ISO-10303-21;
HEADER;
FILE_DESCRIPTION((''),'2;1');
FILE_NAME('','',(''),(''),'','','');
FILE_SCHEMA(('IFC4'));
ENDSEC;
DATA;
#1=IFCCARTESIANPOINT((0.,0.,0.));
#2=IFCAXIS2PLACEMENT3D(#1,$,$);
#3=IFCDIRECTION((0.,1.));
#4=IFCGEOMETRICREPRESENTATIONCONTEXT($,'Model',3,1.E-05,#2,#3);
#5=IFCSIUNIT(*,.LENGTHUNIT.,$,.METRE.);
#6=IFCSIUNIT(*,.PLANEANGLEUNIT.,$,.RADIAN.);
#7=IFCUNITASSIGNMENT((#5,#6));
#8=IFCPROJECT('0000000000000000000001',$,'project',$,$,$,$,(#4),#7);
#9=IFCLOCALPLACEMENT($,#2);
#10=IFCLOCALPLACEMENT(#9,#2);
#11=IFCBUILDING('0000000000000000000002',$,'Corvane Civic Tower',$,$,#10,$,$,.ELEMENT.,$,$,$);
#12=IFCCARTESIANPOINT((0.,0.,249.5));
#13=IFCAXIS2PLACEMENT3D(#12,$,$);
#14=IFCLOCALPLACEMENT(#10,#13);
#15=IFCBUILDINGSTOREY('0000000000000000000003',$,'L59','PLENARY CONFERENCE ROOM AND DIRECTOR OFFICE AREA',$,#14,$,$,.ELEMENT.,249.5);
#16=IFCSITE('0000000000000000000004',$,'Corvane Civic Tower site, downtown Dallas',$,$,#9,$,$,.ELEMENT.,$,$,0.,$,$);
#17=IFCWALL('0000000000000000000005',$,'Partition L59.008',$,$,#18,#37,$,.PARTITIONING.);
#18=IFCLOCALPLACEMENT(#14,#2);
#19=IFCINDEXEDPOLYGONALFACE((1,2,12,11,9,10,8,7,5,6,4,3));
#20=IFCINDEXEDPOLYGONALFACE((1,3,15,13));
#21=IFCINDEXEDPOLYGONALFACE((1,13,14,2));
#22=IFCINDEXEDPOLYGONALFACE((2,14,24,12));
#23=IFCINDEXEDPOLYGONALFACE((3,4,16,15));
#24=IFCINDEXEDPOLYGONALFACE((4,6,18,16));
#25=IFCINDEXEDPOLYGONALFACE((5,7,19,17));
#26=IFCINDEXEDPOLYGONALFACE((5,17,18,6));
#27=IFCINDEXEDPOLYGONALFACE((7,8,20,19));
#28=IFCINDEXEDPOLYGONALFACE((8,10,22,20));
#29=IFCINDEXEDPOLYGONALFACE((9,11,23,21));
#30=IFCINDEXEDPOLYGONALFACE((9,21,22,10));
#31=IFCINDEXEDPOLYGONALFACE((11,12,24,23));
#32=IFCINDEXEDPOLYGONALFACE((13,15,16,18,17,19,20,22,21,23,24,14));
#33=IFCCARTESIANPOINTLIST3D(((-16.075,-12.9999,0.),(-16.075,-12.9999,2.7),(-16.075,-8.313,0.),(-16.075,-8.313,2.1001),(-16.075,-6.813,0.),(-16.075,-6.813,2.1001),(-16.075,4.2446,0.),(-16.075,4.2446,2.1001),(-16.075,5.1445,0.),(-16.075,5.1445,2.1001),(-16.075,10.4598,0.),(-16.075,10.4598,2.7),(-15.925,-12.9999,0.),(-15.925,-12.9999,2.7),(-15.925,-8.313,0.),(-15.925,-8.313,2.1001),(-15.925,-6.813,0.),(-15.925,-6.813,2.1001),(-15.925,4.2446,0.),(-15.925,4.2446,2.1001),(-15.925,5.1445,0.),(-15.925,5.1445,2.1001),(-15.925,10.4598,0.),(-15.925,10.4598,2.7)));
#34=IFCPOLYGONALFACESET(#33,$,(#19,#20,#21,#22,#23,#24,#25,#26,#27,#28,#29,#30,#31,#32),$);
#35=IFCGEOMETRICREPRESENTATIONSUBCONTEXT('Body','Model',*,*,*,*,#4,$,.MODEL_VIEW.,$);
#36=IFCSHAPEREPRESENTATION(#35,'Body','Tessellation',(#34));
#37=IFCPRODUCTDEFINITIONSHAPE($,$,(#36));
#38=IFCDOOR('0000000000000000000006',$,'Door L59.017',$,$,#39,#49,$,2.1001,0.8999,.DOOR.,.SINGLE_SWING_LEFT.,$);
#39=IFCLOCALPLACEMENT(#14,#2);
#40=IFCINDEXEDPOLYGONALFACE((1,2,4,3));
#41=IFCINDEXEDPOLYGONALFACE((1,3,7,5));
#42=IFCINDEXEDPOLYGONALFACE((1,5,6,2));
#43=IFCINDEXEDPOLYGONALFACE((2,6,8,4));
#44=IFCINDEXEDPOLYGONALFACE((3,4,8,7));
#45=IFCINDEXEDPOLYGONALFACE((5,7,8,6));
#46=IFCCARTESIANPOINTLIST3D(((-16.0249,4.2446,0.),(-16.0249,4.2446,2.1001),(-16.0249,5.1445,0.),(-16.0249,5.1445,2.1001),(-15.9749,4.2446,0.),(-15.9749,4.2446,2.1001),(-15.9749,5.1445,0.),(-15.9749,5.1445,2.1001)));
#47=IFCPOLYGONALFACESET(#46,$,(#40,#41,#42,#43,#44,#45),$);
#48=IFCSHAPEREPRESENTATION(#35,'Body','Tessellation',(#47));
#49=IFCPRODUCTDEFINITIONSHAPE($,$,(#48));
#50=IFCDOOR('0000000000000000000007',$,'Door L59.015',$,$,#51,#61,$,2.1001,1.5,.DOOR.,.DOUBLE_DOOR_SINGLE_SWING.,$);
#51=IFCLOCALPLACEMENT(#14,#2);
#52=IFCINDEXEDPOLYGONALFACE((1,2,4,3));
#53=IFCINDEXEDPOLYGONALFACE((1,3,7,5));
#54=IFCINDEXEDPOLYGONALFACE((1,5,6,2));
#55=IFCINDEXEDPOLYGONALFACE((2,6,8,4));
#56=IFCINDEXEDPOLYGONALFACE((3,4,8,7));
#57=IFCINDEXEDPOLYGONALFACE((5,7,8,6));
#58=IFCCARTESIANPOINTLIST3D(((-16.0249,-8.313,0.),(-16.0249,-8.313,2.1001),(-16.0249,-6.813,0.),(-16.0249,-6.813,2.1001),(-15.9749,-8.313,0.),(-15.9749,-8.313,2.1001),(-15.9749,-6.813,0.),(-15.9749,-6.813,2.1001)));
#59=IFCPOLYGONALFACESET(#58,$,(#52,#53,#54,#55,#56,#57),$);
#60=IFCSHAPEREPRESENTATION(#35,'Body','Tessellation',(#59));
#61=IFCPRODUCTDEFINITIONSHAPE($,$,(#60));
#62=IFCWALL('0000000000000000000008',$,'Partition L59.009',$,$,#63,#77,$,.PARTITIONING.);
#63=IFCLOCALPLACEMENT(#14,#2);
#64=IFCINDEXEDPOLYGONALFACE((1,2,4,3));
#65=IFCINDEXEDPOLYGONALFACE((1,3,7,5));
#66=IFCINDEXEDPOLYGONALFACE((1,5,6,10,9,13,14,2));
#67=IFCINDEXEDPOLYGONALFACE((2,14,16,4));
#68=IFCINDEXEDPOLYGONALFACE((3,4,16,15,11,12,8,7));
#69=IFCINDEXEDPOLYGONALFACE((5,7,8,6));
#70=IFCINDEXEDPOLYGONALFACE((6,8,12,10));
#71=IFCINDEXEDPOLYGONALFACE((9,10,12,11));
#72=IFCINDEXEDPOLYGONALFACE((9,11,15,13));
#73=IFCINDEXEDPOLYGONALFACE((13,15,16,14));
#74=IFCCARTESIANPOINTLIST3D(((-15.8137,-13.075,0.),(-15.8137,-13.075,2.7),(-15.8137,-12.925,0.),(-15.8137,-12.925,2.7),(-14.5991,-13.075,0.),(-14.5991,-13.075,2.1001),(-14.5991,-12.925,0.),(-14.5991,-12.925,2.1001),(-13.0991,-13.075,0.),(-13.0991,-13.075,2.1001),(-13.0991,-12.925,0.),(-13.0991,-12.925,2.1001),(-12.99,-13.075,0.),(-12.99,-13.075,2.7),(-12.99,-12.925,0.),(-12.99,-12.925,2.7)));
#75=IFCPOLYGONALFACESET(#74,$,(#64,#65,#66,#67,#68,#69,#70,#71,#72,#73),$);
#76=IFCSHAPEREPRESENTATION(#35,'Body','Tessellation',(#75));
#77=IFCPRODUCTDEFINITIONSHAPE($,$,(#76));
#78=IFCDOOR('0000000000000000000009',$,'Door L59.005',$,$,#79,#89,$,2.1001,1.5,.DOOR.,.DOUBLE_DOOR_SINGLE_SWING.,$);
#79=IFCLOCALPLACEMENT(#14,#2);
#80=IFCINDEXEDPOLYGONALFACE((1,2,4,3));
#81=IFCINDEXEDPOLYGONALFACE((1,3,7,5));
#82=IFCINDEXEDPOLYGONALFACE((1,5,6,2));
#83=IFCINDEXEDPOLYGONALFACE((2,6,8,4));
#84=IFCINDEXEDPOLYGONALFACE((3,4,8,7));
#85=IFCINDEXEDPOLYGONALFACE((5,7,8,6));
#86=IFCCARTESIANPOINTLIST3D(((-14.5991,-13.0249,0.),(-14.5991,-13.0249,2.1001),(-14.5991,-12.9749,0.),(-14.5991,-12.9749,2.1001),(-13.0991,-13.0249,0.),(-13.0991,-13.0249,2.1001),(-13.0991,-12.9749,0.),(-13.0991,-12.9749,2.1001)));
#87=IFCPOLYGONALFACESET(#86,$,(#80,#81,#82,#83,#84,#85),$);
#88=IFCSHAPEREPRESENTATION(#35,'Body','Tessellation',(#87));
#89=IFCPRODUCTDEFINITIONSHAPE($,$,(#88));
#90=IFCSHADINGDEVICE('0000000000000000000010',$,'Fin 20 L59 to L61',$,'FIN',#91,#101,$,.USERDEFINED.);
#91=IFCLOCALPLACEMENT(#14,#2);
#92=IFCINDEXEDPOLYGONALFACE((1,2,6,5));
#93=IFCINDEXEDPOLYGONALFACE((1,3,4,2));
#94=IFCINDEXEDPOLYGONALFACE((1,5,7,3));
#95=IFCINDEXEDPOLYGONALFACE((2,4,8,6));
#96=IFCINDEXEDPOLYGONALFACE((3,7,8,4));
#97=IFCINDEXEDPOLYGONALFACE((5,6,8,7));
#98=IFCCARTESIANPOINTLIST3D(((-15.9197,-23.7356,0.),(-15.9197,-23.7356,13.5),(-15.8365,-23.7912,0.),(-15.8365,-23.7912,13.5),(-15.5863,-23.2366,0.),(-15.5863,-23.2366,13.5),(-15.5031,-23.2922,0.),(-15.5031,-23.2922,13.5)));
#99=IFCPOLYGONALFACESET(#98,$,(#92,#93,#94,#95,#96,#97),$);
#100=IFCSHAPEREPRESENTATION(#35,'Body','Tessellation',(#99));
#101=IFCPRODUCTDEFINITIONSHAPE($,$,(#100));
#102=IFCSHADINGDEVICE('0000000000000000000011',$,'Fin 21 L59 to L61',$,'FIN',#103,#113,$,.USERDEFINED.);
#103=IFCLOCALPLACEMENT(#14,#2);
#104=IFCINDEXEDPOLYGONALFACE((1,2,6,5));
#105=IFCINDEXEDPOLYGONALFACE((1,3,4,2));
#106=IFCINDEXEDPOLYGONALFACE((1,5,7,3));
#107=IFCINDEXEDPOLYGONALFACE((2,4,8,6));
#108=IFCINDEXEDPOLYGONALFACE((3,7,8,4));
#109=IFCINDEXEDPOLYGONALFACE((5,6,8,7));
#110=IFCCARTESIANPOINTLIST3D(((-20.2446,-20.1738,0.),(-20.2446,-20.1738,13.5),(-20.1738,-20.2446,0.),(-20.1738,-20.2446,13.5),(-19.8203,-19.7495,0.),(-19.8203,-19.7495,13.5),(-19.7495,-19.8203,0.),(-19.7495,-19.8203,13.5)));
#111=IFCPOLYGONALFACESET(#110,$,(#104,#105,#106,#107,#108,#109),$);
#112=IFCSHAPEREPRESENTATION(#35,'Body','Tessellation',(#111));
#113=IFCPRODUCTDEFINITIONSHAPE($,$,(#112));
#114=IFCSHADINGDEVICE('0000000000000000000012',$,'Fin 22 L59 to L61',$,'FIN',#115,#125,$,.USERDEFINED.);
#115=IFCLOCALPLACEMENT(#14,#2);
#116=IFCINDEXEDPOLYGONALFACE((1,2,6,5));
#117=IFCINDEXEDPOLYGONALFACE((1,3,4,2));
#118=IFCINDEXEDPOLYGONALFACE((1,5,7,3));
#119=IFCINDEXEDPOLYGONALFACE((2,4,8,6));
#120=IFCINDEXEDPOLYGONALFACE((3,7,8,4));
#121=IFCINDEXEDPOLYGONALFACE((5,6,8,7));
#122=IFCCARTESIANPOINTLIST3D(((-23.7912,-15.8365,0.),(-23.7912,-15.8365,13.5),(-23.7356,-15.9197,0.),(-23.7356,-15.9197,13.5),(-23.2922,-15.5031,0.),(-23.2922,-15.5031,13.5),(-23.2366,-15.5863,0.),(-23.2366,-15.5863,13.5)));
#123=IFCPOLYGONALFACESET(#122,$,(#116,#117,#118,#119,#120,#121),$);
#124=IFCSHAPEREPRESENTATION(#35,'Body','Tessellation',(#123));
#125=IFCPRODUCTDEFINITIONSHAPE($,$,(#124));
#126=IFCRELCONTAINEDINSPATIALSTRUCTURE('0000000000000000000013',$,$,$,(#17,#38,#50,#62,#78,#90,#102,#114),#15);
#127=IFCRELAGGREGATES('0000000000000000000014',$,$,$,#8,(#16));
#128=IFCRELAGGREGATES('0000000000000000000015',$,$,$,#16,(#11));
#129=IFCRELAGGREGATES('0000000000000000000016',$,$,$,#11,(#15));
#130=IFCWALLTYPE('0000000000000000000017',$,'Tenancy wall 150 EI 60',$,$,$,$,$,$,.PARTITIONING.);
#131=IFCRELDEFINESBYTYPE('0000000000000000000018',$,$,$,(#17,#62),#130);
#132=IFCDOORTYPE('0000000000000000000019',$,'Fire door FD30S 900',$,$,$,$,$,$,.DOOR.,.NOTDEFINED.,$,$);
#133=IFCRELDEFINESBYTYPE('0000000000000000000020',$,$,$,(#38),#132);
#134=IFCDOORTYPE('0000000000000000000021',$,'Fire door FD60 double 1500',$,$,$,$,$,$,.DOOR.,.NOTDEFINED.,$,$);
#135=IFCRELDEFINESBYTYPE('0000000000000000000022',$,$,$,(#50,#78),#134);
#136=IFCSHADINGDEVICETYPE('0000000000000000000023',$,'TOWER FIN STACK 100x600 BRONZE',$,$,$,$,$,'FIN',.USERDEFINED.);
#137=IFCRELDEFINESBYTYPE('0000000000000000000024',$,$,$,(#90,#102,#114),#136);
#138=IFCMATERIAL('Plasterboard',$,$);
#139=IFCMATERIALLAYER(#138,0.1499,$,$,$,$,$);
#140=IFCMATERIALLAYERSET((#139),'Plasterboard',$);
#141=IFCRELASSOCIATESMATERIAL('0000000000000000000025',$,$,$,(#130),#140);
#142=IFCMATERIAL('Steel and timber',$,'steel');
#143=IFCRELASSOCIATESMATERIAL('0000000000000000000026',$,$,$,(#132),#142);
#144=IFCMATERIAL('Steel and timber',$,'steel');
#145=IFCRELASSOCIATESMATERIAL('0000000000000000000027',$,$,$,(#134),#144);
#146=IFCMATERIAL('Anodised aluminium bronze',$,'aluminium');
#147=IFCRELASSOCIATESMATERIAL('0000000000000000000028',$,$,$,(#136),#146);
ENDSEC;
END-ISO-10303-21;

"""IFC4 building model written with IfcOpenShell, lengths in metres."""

from ifc_helpers import new_model, si_unit, direction, frame, frame_2d, origin, origin_2d, place, context, subcontext, project, spatial, rectangle, extrude, material, layer, layer_set, material_profile, profile_set, type_object, element, fill, save


model = new_model("IFC4")

# Units and contexts
model_context = context("Model", 3, precision=1e-05, world=origin(), true_north=direction((0.0, 1.0)))
body_context = subcontext(model_context, "Body", "Model", "MODEL_VIEW")
ifc_project = project(units=[si_unit("LENGTHUNIT", "METRE"), si_unit("PLANEANGLEUNIT", "RADIAN")], contexts=[model_context])

# Site, building, storey
site_placement = place(None, origin())
site = spatial("IfcSite", under=ifc_project, at=site_placement, Name="Corvane Civic Tower site, downtown Dallas", CompositionType="ELEMENT", RefElevation=0.0)
building_placement = place(site_placement, origin())
building = spatial("IfcBuilding", under=site, at=building_placement, Name="Corvane Civic Tower", CompositionType="ELEMENT")
storey_placement = place(building_placement, frame((0.0, 0.0, 249.5)))
storey = spatial("IfcBuildingStorey", under=building, at=storey_placement, Name="L59", Description="PLENARY CONFERENCE ROOM AND DIRECTOR OFFICE AREA", CompositionType="ELEMENT", Elevation=249.5)

# Wall, openings, doors
ifc_material_1 = material(Name="Plasterboard")
ifc_layer_1 = layer(ifc_material_1, 0.1499)
ifc_layer_set_1 = layer_set([ifc_layer_1], Name="Plasterboard")
wall_type_1 = type_object("IfcWallType", Name="Tenancy wall 150 EI 60", PredefinedType="PARTITIONING", material=ifc_layer_set_1)
wall_1_placement = place(storey_placement, frame((-16.0, -13.0, 0.0), z_axis=(0.0, 0.0, 1.0), x_axis=(0.0, 1.0, 0.0)))
wall_1 = element("IfcWall", 1, at=wall_1_placement, inside=storey, type_object=wall_type_1, Name="Partition L59.008", PredefinedType="PARTITIONING", context=body_context, shape_type="SweptSolid", body=[
    extrude(rectangle(XDim=23.4597, YDim=0.1499, at=frame_2d((11.73, 0.0))), origin(), (0.0, 0.0, 1.0), 2.7),
])
opening_1_placement = place(wall_1_placement, frame((4.687, 0.0, 0.0)))
opening_1 = element("IfcOpeningElement", 2, at=opening_1_placement, cuts=wall_1, PredefinedType="OPENING", context=body_context, shape_type="SweptSolid", body=[
    extrude(rectangle(XDim=1.5, YDim=2.1001, at=frame_2d((0.75, 1.05))), frame((0.0, 0.085, 0.0), z_axis=(0.0, -1.0, 0.0), x_axis=(1.0, 0.0, 0.0)), (0.0, 0.0, 1.0), 0.1699),
])
opening_2_placement = place(wall_1_placement, frame((17.2446, 0.0, 0.0)))
opening_2 = element("IfcOpeningElement", 3, at=opening_2_placement, cuts=wall_1, PredefinedType="OPENING", context=body_context, shape_type="SweptSolid", body=[
    extrude(rectangle(XDim=0.8999, YDim=2.1001, at=frame_2d((0.45, 1.05))), frame((0.0, 0.085, 0.0), z_axis=(0.0, -1.0, 0.0), x_axis=(1.0, 0.0, 0.0)), (0.0, 0.0, 1.0), 0.1699),
])
ifc_material_2 = material(Name="Steel and timber", Category="steel")
door_type_1 = type_object("IfcDoorType", Name="Fire door FD30S 900", OperationType="NOTDEFINED", PredefinedType="DOOR", material=ifc_material_2)
door_1_placement = place(opening_2_placement, origin())
door_1 = element("IfcDoor", 4, at=door_1_placement, inside=storey, type_object=door_type_1, Name="Door L59.017", OperationType="SINGLE_SWING_LEFT", OverallHeight=2.1001, OverallWidth=0.8999, PredefinedType="DOOR", context=body_context, shape_type="SweptSolid", body=[
    extrude(rectangle(XDim=0.8999, YDim=2.1001, at=frame_2d((0.45, 1.05))), frame((0.0, 0.0249, 0.0), z_axis=(0.0, -1.0, 0.0), x_axis=(1.0, 0.0, 0.0)), (0.0, 0.0, 1.0), 0.05),
])
fill(opening_2, door_1)
ifc_material_3 = material(Name="Steel and timber", Category="steel")
door_type_2 = type_object("IfcDoorType", Name="Fire door FD60 double 1500", OperationType="NOTDEFINED", PredefinedType="DOOR", material=ifc_material_3)
door_2_placement = place(opening_1_placement, origin())
door_2 = element("IfcDoor", 5, at=door_2_placement, inside=storey, type_object=door_type_2, Name="Door L59.015", OperationType="DOUBLE_DOOR_SINGLE_SWING", OverallHeight=2.1001, OverallWidth=1.5, PredefinedType="DOOR", context=body_context, shape_type="SweptSolid", body=[
    extrude(rectangle(XDim=1.5, YDim=2.1001, at=frame_2d((0.75, 1.05))), frame((0.0, 0.0249, 0.0), z_axis=(0.0, -1.0, 0.0), x_axis=(1.0, 0.0, 0.0)), (0.0, 0.0, 1.0), 0.05),
])
fill(opening_1, door_2)

# Wall, opening, door
wall_2_placement = place(storey_placement, frame((-15.8137, -13.0, 0.0), z_axis=(0.0, 0.0, 1.0), x_axis=(1.0, 0.0, 0.0)))
wall_2 = element("IfcWall", 6, at=wall_2_placement, inside=storey, type_object=wall_type_1, Name="Partition L59.009", PredefinedType="PARTITIONING", context=body_context, shape_type="SweptSolid", body=[
    extrude(rectangle(XDim=2.8237, YDim=0.1499, at=frame_2d((1.4119, 0.0))), origin(), (0.0, 0.0, 1.0), 2.7),
])
opening_3_placement = place(wall_2_placement, frame((1.2146, 0.0, 0.0)))
opening_3 = element("IfcOpeningElement", 7, at=opening_3_placement, cuts=wall_2, PredefinedType="OPENING", context=body_context, shape_type="SweptSolid", body=[
    extrude(rectangle(XDim=1.5, YDim=2.1001, at=frame_2d((0.75, 1.05))), frame((0.0, 0.085, 0.0), z_axis=(0.0, -1.0, 0.0), x_axis=(1.0, 0.0, 0.0)), (0.0, 0.0, 1.0), 0.1699),
])
door_3_placement = place(opening_3_placement, frame((1.5, 0.0, 0.0), z_axis=(0.0, 0.0, 1.0), x_axis=(-1.0, 0.0, 0.0)))
door_3 = element("IfcDoor", 8, at=door_3_placement, inside=storey, type_object=door_type_2, Name="Door L59.005", OperationType="DOUBLE_DOOR_SINGLE_SWING", OverallHeight=2.1001, OverallWidth=1.5, PredefinedType="DOOR", context=body_context, shape_type="SweptSolid", body=[
    extrude(rectangle(XDim=1.5, YDim=2.1001, at=frame_2d((0.75, 1.05))), frame((0.0, 0.0249, 0.0), z_axis=(0.0, -1.0, 0.0), x_axis=(1.0, 0.0, 0.0)), (0.0, 0.0, 1.0), 0.05),
])
fill(opening_3, door_3)

# Shading devices
ifc_material_4 = material(Name="Anodised aluminium bronze", Category="aluminium")
ifc_material_profile_1 = material_profile(ifc_material_4, rectangle(XDim=0.1001, YDim=0.6001, at=origin_2d()), Name="TOWER FIN STACK 100x600 BRONZE")
ifc_profile_set_1 = profile_set([ifc_material_profile_1], Name="Anodised aluminium bronze")
shading_device_type = type_object("IfcShadingDeviceType", Name="TOWER FIN STACK 100x600 BRONZE", ElementType="FIN", PredefinedType="USERDEFINED", material=ifc_profile_set_1)
for number, where, z_axis, x_axis, name in (
    (9, (-15.7114, -23.5139, 0.0), (0.0, 0.0, 1.0), (-0.83147, 0.55557, 0.0), "Fin 20 L59 to L61"),
    (10, (-19.9971, -19.9971, 0.0), (0.0, 0.0, 1.0), (-0.707107, 0.707107, 0.0), "Fin 21 L59 to L61"),
    (11, (-23.5139, -15.7114, 0.0), (0.0, 0.0, 1.0), (-0.55557, 0.83147, 0.0), "Fin 22 L59 to L61"),
):
    element("IfcShadingDevice", number, at=place(storey_placement, frame(where, z_axis=z_axis, x_axis=x_axis)), inside=storey, type_object=shading_device_type, Name=name, ObjectType="FIN", PredefinedType="USERDEFINED", context=body_context, shape_type="SweptSolid", body=[
        extrude(rectangle(XDim=0.1001, YDim=0.6001, at=origin_2d()), origin(), (0.0, 0.0, 1.0), 13.5),
    ])

save(model, "model.ifc")
